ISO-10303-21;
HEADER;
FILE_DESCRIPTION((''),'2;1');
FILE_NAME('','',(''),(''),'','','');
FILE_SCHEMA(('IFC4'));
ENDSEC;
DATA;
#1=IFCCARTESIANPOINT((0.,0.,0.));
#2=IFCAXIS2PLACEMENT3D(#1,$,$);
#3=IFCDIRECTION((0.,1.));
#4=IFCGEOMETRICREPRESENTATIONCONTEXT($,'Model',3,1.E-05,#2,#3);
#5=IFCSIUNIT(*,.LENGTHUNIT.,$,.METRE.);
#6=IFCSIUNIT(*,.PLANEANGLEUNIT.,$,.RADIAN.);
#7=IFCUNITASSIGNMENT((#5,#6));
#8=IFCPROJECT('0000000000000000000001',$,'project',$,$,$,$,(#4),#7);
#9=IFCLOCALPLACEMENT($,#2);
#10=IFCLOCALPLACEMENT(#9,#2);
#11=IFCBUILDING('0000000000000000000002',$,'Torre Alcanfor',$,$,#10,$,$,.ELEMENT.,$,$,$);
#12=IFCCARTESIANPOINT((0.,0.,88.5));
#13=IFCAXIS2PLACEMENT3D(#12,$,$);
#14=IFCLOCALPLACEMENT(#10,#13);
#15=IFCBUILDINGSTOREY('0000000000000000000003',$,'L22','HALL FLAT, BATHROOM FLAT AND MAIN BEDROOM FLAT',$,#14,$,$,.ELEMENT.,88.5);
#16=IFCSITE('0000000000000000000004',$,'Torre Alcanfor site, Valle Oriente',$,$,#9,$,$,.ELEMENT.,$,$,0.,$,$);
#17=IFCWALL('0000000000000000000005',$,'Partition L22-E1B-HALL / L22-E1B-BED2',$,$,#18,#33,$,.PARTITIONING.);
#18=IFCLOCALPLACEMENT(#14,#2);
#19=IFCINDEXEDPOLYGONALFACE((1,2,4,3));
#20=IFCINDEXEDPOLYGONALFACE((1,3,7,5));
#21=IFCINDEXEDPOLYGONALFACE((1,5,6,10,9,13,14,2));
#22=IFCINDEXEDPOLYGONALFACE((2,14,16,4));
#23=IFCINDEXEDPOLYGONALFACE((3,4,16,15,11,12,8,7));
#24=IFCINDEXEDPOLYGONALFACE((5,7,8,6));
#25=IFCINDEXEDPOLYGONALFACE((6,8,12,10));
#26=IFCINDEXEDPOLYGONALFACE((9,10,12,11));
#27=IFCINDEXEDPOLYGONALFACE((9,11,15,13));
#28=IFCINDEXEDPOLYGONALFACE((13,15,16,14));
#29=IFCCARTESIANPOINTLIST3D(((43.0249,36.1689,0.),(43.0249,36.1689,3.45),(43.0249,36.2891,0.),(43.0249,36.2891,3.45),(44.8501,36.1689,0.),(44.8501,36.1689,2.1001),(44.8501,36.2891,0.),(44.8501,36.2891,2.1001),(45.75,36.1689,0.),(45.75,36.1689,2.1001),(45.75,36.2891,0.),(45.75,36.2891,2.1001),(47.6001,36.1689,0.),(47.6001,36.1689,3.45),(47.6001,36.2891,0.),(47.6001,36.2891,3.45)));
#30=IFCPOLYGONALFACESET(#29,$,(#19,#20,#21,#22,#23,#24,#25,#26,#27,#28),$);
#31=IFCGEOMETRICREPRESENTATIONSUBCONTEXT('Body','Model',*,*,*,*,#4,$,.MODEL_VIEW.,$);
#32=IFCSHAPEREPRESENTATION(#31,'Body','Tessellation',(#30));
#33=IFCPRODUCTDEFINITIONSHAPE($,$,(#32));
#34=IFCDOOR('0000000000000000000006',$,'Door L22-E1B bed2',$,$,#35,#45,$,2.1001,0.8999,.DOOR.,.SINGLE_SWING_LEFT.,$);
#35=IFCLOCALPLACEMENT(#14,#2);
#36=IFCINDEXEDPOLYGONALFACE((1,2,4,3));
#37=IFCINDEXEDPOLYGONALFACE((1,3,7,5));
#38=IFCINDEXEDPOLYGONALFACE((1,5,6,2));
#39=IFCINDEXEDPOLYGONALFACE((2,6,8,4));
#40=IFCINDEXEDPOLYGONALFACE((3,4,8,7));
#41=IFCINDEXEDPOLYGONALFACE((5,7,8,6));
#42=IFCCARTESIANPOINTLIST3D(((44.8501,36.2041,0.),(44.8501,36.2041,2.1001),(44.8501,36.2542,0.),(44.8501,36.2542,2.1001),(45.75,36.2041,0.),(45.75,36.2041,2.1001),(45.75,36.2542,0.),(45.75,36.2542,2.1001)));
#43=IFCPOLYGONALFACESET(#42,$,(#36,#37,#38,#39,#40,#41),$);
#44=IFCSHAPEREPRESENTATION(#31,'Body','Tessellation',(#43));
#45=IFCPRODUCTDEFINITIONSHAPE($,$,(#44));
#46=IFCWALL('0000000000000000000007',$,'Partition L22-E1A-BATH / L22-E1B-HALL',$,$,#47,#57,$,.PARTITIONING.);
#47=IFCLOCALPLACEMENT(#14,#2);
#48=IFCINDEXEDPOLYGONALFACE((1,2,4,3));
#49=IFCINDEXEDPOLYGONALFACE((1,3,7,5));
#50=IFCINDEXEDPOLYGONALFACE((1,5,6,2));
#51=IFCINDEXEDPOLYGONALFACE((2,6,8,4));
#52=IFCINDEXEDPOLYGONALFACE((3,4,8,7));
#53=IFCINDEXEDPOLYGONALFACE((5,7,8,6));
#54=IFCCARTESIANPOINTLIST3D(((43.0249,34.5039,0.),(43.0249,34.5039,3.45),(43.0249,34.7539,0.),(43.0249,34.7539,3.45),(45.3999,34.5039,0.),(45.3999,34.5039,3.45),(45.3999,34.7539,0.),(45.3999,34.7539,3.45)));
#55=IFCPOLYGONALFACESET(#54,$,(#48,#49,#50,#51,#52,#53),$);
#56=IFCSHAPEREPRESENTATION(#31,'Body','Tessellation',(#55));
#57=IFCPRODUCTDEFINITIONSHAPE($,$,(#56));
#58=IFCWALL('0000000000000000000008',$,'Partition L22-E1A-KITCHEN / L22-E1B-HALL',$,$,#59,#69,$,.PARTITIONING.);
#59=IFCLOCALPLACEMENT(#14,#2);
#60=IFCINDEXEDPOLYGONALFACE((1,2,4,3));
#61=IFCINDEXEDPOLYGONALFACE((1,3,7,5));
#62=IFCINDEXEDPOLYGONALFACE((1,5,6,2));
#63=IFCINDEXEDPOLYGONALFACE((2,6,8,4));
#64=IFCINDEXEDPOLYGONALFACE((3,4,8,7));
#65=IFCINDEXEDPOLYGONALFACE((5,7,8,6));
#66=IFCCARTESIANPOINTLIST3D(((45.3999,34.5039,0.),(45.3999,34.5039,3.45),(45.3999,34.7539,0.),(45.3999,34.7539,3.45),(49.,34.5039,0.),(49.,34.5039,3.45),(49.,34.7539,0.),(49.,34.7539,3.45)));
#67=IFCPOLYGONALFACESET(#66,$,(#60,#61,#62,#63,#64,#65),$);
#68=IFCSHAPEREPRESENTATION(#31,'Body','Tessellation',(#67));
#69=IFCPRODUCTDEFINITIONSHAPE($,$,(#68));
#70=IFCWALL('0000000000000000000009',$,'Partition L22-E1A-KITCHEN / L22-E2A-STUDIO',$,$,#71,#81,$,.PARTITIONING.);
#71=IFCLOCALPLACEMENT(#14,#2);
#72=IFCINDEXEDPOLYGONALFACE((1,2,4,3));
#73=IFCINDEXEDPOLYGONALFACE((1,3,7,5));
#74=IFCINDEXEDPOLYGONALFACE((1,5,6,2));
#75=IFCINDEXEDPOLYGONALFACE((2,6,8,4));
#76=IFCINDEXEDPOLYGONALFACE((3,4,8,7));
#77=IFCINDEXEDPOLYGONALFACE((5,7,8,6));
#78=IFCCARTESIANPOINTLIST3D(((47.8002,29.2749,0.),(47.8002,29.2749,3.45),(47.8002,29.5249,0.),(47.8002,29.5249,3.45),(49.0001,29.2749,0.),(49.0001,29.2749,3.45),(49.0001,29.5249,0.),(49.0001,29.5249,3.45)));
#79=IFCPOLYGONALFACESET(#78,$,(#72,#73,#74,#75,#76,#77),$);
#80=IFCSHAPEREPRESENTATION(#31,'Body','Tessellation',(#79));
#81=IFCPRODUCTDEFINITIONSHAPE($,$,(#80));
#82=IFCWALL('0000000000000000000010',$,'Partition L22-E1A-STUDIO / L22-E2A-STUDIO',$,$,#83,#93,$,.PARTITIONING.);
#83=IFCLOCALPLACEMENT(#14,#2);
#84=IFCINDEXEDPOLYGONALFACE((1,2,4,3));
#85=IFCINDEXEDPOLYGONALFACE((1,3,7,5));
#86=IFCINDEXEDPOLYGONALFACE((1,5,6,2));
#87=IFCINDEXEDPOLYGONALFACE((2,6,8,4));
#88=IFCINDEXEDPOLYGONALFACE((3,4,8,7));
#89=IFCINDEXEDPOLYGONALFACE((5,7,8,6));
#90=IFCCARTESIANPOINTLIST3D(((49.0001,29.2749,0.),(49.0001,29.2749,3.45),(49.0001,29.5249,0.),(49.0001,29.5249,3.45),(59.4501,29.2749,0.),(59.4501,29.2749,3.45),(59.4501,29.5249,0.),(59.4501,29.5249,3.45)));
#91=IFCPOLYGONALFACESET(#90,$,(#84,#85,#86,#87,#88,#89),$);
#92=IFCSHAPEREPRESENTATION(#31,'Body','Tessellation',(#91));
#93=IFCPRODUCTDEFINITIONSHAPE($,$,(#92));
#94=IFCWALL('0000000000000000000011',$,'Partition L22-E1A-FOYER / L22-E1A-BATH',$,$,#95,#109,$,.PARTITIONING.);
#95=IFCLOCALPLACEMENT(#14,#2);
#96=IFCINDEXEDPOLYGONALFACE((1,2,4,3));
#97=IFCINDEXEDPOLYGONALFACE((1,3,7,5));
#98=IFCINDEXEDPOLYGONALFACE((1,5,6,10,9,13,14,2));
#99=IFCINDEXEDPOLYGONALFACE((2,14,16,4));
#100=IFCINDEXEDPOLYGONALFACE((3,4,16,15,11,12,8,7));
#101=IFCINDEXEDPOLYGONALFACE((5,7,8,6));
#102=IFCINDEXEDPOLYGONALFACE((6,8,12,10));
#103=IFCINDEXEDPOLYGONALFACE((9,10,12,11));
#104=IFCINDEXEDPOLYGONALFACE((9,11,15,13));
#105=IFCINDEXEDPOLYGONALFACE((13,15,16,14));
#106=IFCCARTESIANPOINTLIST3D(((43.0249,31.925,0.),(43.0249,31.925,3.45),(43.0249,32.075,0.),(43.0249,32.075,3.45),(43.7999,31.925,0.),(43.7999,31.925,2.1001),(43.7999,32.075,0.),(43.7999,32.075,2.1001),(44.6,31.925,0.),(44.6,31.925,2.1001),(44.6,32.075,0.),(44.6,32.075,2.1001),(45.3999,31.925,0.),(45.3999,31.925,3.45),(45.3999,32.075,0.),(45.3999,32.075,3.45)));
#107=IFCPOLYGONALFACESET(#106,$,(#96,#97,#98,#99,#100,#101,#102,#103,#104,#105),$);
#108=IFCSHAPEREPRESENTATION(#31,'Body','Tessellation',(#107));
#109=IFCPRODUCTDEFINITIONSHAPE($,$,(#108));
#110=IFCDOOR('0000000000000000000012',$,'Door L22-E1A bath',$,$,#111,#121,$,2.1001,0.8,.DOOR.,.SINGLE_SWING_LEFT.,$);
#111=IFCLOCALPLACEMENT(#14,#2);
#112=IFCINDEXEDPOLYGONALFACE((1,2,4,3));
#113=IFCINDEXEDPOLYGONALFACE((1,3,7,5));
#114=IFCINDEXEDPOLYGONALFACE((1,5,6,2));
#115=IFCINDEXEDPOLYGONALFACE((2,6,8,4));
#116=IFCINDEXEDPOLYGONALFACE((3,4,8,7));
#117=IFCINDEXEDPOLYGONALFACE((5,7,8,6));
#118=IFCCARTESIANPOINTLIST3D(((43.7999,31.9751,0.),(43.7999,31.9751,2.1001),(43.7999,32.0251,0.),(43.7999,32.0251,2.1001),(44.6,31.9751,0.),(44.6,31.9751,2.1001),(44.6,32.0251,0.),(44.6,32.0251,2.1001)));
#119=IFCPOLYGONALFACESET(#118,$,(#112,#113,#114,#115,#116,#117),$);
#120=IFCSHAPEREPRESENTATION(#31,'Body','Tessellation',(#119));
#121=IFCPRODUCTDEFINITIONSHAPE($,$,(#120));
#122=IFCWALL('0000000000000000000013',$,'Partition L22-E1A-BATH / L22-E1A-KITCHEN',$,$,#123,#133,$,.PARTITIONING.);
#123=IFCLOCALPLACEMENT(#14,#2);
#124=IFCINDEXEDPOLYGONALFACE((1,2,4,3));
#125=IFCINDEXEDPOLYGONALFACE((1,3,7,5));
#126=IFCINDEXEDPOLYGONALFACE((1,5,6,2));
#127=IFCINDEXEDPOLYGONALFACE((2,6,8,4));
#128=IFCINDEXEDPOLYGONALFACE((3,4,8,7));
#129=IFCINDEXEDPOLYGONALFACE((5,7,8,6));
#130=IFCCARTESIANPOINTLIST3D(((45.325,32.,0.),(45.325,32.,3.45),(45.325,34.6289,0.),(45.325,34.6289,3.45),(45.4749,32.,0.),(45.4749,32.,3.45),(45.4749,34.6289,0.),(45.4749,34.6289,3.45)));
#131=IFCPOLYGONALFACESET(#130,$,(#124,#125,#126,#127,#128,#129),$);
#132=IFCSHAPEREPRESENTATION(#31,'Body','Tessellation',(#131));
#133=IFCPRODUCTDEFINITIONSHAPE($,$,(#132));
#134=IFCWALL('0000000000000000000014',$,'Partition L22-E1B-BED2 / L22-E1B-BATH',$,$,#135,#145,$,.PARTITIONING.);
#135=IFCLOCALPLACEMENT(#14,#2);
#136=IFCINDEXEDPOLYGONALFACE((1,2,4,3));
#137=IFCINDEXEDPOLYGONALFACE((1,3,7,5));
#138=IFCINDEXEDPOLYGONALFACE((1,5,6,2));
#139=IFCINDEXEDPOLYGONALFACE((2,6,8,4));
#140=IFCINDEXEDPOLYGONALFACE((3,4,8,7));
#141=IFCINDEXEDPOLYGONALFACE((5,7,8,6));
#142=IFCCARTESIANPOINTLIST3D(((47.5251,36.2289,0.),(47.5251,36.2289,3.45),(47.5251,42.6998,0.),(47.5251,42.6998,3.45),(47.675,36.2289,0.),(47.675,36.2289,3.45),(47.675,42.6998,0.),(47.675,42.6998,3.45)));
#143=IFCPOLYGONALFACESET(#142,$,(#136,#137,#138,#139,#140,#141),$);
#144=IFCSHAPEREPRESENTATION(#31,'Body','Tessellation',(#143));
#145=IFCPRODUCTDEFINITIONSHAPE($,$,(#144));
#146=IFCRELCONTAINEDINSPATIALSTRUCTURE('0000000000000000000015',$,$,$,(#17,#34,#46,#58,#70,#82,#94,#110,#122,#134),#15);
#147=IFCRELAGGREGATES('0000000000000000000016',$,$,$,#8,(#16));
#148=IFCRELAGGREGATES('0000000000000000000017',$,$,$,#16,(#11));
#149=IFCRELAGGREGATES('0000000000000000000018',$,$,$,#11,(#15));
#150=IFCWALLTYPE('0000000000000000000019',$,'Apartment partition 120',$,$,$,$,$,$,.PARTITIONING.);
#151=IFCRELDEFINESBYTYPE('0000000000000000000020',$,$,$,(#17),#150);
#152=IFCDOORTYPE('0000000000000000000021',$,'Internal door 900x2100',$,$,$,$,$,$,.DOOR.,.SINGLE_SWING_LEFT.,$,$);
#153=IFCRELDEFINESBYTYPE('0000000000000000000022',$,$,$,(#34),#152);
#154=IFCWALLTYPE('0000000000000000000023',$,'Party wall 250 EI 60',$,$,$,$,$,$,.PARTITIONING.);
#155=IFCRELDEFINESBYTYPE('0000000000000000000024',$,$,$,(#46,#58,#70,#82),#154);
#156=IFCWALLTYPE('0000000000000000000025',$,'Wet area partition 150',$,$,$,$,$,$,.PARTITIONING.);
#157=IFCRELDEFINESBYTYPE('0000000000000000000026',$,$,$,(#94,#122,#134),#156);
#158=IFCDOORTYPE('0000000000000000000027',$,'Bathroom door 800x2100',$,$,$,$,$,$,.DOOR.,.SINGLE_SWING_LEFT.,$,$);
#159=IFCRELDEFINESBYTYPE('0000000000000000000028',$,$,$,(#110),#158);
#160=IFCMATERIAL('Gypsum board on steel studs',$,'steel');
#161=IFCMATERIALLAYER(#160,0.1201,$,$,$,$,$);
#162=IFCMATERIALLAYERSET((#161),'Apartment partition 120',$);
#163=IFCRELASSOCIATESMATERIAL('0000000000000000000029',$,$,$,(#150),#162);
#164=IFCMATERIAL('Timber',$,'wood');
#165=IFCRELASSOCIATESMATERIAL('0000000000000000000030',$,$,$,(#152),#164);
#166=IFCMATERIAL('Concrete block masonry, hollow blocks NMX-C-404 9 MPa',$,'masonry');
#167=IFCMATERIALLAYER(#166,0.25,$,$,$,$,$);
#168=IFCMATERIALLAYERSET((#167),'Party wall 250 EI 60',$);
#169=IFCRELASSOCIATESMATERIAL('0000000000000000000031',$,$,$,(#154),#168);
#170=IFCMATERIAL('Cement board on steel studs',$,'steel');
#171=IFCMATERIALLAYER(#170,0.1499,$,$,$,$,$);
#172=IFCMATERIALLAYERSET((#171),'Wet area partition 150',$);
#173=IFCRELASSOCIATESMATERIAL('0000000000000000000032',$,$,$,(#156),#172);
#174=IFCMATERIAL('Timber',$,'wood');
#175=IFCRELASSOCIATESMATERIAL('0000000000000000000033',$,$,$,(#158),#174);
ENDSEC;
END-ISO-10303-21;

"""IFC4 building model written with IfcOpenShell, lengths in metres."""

from ifc_helpers import new_model, si_unit, direction, frame, frame_2d, origin, place, context, subcontext, project, spatial, rectangle, extrude, material, layer, layer_set, type_object, element, fill, save


model = new_model("IFC4")

# Units and contexts
model_context = context("Model", 3, precision=1e-05, world=origin(), true_north=direction((0.0, 1.0)))
body_context = subcontext(model_context, "Body", "Model", "MODEL_VIEW")
ifc_project = project(units=[si_unit("LENGTHUNIT", "METRE"), si_unit("PLANEANGLEUNIT", "RADIAN")], contexts=[model_context])

# Site, building, storey
site_placement = place(None, origin())
site = spatial("IfcSite", under=ifc_project, at=site_placement, Name="Torre Alcanfor site, Valle Oriente", CompositionType="ELEMENT", RefElevation=0.0)
building_placement = place(site_placement, origin())
building = spatial("IfcBuilding", under=site, at=building_placement, Name="Torre Alcanfor", CompositionType="ELEMENT")
storey_placement = place(building_placement, frame((0.0, 0.0, 88.5)))
storey = spatial("IfcBuildingStorey", under=building, at=storey_placement, Name="L22", Description="HALL FLAT, BATHROOM FLAT AND MAIN BEDROOM FLAT", CompositionType="ELEMENT", Elevation=88.5)

# Wall, opening, door
ifc_material_1 = material(Name="Gypsum board on steel studs", Category="steel")
ifc_layer_1 = layer(ifc_material_1, 0.1201)
ifc_layer_set_1 = layer_set([ifc_layer_1], Name="Apartment partition 120")
wall_type_1 = type_object("IfcWallType", Name="Apartment partition 120", PredefinedType="PARTITIONING", material=ifc_layer_set_1)
wall_1_placement = place(storey_placement, frame((47.6001, 36.229, 0.0), z_axis=(0.0, 0.0, 1.0), x_axis=(-1.0, 0.0, 0.0)))
wall_1 = element("IfcWall", 1, at=wall_1_placement, inside=storey, type_object=wall_type_1, Name="Partition L22-E1B-HALL / L22-E1B-BED2", PredefinedType="PARTITIONING", context=body_context, shape_type="SweptSolid", body=[
    extrude(rectangle(XDim=4.5752, YDim=0.1201, at=frame_2d((2.2876, 0.0))), origin(), (0.0, 0.0, 1.0), 3.45),
])
opening_1_placement = place(wall_1_placement, frame((1.8501, 0.0, 0.0)))
opening_1 = element("IfcOpeningElement", 2, at=opening_1_placement, cuts=wall_1, PredefinedType="OPENING", context=body_context, shape_type="SweptSolid", body=[
    extrude(rectangle(XDim=0.8999, YDim=2.1001, at=frame_2d((0.45, 1.05))), frame((0.0, 0.0701, 0.0), z_axis=(0.0, -1.0, 0.0), x_axis=(1.0, 0.0, 0.0)), (0.0, 0.0, 1.0), 0.1401),
])
ifc_material_2 = material(Name="Timber", Category="wood")
door_type_1 = type_object("IfcDoorType", Name="Internal door 900x2100", OperationType="SINGLE_SWING_LEFT", PredefinedType="DOOR", material=ifc_material_2)
door_1_placement = place(opening_1_placement, frame((0.8999, 0.0, 0.0), z_axis=(0.0, 0.0, 1.0), x_axis=(-1.0, 0.0, 0.0)))
door_1 = element("IfcDoor", 3, at=door_1_placement, inside=storey, type_object=door_type_1, Name="Door L22-E1B bed2", OperationType="SINGLE_SWING_LEFT", OverallHeight=2.1001, OverallWidth=0.8999, PredefinedType="DOOR", context=body_context, shape_type="SweptSolid", body=[
    extrude(rectangle(XDim=0.8999, YDim=2.1001, at=frame_2d((0.45, 1.05))), frame((0.0, 0.0251, 0.0), z_axis=(0.0, -1.0, 0.0), x_axis=(1.0, 0.0, 0.0)), (0.0, 0.0, 1.0), 0.05),
])
fill(opening_1, door_1)

# Walls
ifc_material_3 = material(Name="Concrete block masonry, hollow blocks NMX-C-404 9 MPa", Category="masonry")
ifc_layer_2 = layer(ifc_material_3, 0.25)
ifc_layer_set_2 = layer_set([ifc_layer_2], Name="Party wall 250 EI 60")
wall_type_2 = type_object("IfcWallType", Name="Party wall 250 EI 60", PredefinedType="PARTITIONING", material=ifc_layer_set_2)
wall_2_placement = place(storey_placement, frame((45.3999, 34.6289, 0.0), z_axis=(0.0, 0.0, 1.0), x_axis=(-1.0, 0.0, 0.0)))
element("IfcWall", 4, at=wall_2_placement, inside=storey, type_object=wall_type_2, Name="Partition L22-E1A-BATH / L22-E1B-HALL", PredefinedType="PARTITIONING", context=body_context, shape_type="SweptSolid", body=[
    extrude(rectangle(XDim=2.375, YDim=0.25, at=frame_2d((1.1875, 0.0))), origin(), (0.0, 0.0, 1.0), 3.45),
])
wall_3_placement = place(storey_placement, frame((49.0, 34.6289, 0.0), z_axis=(0.0, 0.0, 1.0), x_axis=(-1.0, 0.0, 0.0)))
element("IfcWall", 5, at=wall_3_placement, inside=storey, type_object=wall_type_2, Name="Partition L22-E1A-KITCHEN / L22-E1B-HALL", PredefinedType="PARTITIONING", context=body_context, shape_type="SweptSolid", body=[
    extrude(rectangle(XDim=3.6001, YDim=0.25, at=frame_2d((1.8, 0.0))), origin(), (0.0, 0.0, 1.0), 3.45),
])
wall_4_placement = place(storey_placement, frame((47.8, 29.3999, 0.0), z_axis=(0.0, 0.0, 1.0), x_axis=(1.0, 0.0, 0.0)))
element("IfcWall", 6, at=wall_4_placement, inside=storey, type_object=wall_type_2, Name="Partition L22-E1A-KITCHEN / L22-E2A-STUDIO", PredefinedType="PARTITIONING", context=body_context, shape_type="SweptSolid", body=[
    extrude(rectangle(XDim=1.2, YDim=0.25, at=frame_2d((0.6001, 0.0))), origin(), (0.0, 0.0, 1.0), 3.45),
])
wall_5_placement = place(storey_placement, frame((49.0, 29.3999, 0.0), z_axis=(0.0, 0.0, 1.0), x_axis=(1.0, 0.0, 0.0)))
element("IfcWall", 7, at=wall_5_placement, inside=storey, type_object=wall_type_2, Name="Partition L22-E1A-STUDIO / L22-E2A-STUDIO", PredefinedType="PARTITIONING", context=body_context, shape_type="SweptSolid", body=[
    extrude(rectangle(XDim=10.45, YDim=0.25, at=frame_2d((5.2251, 0.0))), origin(), (0.0, 0.0, 1.0), 3.45),
])

# Wall, opening, door
ifc_material_4 = material(Name="Cement board on steel studs", Category="steel")
ifc_layer_3 = layer(ifc_material_4, 0.1499)
ifc_layer_set_3 = layer_set([ifc_layer_3], Name="Wet area partition 150")
wall_type_3 = type_object("IfcWallType", Name="Wet area partition 150", PredefinedType="PARTITIONING", material=ifc_layer_set_3)
wall_6_placement = place(storey_placement, frame((45.3999, 32.0, 0.0), z_axis=(0.0, 0.0, 1.0), x_axis=(-1.0, 0.0, 0.0)))
wall_6 = element("IfcWall", 8, at=wall_6_placement, inside=storey, type_object=wall_type_3, Name="Partition L22-E1A-FOYER / L22-E1A-BATH", PredefinedType="PARTITIONING", context=body_context, shape_type="SweptSolid", body=[
    extrude(rectangle(XDim=2.375, YDim=0.1499, at=frame_2d((1.1875, 0.0))), origin(), (0.0, 0.0, 1.0), 3.45),
])
opening_2_placement = place(wall_6_placement, frame((0.8, 0.0, 0.0)))
opening_2 = element("IfcOpeningElement", 9, at=opening_2_placement, cuts=wall_6, PredefinedType="OPENING", context=body_context, shape_type="SweptSolid", body=[
    extrude(rectangle(XDim=0.8, YDim=2.1001, at=frame_2d((0.3999, 1.05))), frame((0.0, 0.085, 0.0), z_axis=(0.0, -1.0, 0.0), x_axis=(1.0, 0.0, 0.0)), (0.0, 0.0, 1.0), 0.1699),
])
ifc_material_5 = material(Name="Timber", Category="wood")
door_type_2 = type_object("IfcDoorType", Name="Bathroom door 800x2100", OperationType="SINGLE_SWING_LEFT", PredefinedType="DOOR", material=ifc_material_5)
door_2_placement = place(opening_2_placement, frame((0.8, 0.0, 0.0), z_axis=(0.0, 0.0, 1.0), x_axis=(-1.0, 0.0, 0.0)))
door_2 = element("IfcDoor", 10, at=door_2_placement, inside=storey, type_object=door_type_2, Name="Door L22-E1A bath", OperationType="SINGLE_SWING_LEFT", OverallHeight=2.1001, OverallWidth=0.8, PredefinedType="DOOR", context=body_context, shape_type="SweptSolid", body=[
    extrude(rectangle(XDim=0.8, YDim=2.1001, at=frame_2d((0.4001, 1.05))), frame((0.0, 0.0251, 0.0), z_axis=(0.0, -1.0, 0.0), x_axis=(1.0, 0.0, 0.0)), (0.0, 0.0, 1.0), 0.05),
])
fill(opening_2, door_2)

# Walls
wall_7_placement = place(storey_placement, frame((45.3999, 32.0, 0.0), z_axis=(0.0, 0.0, 1.0), x_axis=(0.0, 1.0, 0.0)))
element("IfcWall", 11, at=wall_7_placement, inside=storey, type_object=wall_type_3, Name="Partition L22-E1A-BATH / L22-E1A-KITCHEN", PredefinedType="PARTITIONING", context=body_context, shape_type="SweptSolid", body=[
    extrude(rectangle(XDim=2.6289, YDim=0.1499, at=frame_2d((1.3145, 0.0))), origin(), (0.0, 0.0, 1.0), 3.45),
])
wall_8_placement = place(storey_placement, frame((47.6001, 36.229, 0.0), z_axis=(0.0, 0.0, 1.0), x_axis=(0.0, 1.0, 0.0)))
element("IfcWall", 12, at=wall_8_placement, inside=storey, type_object=wall_type_3, Name="Partition L22-E1B-BED2 / L22-E1B-BATH", PredefinedType="PARTITIONING", context=body_context, shape_type="SweptSolid", body=[
    extrude(rectangle(XDim=6.4709, YDim=0.1499, at=frame_2d((3.2354, 0.0))), origin(), (0.0, 0.0, 1.0), 3.45),
])

save(model, "model.ifc")
